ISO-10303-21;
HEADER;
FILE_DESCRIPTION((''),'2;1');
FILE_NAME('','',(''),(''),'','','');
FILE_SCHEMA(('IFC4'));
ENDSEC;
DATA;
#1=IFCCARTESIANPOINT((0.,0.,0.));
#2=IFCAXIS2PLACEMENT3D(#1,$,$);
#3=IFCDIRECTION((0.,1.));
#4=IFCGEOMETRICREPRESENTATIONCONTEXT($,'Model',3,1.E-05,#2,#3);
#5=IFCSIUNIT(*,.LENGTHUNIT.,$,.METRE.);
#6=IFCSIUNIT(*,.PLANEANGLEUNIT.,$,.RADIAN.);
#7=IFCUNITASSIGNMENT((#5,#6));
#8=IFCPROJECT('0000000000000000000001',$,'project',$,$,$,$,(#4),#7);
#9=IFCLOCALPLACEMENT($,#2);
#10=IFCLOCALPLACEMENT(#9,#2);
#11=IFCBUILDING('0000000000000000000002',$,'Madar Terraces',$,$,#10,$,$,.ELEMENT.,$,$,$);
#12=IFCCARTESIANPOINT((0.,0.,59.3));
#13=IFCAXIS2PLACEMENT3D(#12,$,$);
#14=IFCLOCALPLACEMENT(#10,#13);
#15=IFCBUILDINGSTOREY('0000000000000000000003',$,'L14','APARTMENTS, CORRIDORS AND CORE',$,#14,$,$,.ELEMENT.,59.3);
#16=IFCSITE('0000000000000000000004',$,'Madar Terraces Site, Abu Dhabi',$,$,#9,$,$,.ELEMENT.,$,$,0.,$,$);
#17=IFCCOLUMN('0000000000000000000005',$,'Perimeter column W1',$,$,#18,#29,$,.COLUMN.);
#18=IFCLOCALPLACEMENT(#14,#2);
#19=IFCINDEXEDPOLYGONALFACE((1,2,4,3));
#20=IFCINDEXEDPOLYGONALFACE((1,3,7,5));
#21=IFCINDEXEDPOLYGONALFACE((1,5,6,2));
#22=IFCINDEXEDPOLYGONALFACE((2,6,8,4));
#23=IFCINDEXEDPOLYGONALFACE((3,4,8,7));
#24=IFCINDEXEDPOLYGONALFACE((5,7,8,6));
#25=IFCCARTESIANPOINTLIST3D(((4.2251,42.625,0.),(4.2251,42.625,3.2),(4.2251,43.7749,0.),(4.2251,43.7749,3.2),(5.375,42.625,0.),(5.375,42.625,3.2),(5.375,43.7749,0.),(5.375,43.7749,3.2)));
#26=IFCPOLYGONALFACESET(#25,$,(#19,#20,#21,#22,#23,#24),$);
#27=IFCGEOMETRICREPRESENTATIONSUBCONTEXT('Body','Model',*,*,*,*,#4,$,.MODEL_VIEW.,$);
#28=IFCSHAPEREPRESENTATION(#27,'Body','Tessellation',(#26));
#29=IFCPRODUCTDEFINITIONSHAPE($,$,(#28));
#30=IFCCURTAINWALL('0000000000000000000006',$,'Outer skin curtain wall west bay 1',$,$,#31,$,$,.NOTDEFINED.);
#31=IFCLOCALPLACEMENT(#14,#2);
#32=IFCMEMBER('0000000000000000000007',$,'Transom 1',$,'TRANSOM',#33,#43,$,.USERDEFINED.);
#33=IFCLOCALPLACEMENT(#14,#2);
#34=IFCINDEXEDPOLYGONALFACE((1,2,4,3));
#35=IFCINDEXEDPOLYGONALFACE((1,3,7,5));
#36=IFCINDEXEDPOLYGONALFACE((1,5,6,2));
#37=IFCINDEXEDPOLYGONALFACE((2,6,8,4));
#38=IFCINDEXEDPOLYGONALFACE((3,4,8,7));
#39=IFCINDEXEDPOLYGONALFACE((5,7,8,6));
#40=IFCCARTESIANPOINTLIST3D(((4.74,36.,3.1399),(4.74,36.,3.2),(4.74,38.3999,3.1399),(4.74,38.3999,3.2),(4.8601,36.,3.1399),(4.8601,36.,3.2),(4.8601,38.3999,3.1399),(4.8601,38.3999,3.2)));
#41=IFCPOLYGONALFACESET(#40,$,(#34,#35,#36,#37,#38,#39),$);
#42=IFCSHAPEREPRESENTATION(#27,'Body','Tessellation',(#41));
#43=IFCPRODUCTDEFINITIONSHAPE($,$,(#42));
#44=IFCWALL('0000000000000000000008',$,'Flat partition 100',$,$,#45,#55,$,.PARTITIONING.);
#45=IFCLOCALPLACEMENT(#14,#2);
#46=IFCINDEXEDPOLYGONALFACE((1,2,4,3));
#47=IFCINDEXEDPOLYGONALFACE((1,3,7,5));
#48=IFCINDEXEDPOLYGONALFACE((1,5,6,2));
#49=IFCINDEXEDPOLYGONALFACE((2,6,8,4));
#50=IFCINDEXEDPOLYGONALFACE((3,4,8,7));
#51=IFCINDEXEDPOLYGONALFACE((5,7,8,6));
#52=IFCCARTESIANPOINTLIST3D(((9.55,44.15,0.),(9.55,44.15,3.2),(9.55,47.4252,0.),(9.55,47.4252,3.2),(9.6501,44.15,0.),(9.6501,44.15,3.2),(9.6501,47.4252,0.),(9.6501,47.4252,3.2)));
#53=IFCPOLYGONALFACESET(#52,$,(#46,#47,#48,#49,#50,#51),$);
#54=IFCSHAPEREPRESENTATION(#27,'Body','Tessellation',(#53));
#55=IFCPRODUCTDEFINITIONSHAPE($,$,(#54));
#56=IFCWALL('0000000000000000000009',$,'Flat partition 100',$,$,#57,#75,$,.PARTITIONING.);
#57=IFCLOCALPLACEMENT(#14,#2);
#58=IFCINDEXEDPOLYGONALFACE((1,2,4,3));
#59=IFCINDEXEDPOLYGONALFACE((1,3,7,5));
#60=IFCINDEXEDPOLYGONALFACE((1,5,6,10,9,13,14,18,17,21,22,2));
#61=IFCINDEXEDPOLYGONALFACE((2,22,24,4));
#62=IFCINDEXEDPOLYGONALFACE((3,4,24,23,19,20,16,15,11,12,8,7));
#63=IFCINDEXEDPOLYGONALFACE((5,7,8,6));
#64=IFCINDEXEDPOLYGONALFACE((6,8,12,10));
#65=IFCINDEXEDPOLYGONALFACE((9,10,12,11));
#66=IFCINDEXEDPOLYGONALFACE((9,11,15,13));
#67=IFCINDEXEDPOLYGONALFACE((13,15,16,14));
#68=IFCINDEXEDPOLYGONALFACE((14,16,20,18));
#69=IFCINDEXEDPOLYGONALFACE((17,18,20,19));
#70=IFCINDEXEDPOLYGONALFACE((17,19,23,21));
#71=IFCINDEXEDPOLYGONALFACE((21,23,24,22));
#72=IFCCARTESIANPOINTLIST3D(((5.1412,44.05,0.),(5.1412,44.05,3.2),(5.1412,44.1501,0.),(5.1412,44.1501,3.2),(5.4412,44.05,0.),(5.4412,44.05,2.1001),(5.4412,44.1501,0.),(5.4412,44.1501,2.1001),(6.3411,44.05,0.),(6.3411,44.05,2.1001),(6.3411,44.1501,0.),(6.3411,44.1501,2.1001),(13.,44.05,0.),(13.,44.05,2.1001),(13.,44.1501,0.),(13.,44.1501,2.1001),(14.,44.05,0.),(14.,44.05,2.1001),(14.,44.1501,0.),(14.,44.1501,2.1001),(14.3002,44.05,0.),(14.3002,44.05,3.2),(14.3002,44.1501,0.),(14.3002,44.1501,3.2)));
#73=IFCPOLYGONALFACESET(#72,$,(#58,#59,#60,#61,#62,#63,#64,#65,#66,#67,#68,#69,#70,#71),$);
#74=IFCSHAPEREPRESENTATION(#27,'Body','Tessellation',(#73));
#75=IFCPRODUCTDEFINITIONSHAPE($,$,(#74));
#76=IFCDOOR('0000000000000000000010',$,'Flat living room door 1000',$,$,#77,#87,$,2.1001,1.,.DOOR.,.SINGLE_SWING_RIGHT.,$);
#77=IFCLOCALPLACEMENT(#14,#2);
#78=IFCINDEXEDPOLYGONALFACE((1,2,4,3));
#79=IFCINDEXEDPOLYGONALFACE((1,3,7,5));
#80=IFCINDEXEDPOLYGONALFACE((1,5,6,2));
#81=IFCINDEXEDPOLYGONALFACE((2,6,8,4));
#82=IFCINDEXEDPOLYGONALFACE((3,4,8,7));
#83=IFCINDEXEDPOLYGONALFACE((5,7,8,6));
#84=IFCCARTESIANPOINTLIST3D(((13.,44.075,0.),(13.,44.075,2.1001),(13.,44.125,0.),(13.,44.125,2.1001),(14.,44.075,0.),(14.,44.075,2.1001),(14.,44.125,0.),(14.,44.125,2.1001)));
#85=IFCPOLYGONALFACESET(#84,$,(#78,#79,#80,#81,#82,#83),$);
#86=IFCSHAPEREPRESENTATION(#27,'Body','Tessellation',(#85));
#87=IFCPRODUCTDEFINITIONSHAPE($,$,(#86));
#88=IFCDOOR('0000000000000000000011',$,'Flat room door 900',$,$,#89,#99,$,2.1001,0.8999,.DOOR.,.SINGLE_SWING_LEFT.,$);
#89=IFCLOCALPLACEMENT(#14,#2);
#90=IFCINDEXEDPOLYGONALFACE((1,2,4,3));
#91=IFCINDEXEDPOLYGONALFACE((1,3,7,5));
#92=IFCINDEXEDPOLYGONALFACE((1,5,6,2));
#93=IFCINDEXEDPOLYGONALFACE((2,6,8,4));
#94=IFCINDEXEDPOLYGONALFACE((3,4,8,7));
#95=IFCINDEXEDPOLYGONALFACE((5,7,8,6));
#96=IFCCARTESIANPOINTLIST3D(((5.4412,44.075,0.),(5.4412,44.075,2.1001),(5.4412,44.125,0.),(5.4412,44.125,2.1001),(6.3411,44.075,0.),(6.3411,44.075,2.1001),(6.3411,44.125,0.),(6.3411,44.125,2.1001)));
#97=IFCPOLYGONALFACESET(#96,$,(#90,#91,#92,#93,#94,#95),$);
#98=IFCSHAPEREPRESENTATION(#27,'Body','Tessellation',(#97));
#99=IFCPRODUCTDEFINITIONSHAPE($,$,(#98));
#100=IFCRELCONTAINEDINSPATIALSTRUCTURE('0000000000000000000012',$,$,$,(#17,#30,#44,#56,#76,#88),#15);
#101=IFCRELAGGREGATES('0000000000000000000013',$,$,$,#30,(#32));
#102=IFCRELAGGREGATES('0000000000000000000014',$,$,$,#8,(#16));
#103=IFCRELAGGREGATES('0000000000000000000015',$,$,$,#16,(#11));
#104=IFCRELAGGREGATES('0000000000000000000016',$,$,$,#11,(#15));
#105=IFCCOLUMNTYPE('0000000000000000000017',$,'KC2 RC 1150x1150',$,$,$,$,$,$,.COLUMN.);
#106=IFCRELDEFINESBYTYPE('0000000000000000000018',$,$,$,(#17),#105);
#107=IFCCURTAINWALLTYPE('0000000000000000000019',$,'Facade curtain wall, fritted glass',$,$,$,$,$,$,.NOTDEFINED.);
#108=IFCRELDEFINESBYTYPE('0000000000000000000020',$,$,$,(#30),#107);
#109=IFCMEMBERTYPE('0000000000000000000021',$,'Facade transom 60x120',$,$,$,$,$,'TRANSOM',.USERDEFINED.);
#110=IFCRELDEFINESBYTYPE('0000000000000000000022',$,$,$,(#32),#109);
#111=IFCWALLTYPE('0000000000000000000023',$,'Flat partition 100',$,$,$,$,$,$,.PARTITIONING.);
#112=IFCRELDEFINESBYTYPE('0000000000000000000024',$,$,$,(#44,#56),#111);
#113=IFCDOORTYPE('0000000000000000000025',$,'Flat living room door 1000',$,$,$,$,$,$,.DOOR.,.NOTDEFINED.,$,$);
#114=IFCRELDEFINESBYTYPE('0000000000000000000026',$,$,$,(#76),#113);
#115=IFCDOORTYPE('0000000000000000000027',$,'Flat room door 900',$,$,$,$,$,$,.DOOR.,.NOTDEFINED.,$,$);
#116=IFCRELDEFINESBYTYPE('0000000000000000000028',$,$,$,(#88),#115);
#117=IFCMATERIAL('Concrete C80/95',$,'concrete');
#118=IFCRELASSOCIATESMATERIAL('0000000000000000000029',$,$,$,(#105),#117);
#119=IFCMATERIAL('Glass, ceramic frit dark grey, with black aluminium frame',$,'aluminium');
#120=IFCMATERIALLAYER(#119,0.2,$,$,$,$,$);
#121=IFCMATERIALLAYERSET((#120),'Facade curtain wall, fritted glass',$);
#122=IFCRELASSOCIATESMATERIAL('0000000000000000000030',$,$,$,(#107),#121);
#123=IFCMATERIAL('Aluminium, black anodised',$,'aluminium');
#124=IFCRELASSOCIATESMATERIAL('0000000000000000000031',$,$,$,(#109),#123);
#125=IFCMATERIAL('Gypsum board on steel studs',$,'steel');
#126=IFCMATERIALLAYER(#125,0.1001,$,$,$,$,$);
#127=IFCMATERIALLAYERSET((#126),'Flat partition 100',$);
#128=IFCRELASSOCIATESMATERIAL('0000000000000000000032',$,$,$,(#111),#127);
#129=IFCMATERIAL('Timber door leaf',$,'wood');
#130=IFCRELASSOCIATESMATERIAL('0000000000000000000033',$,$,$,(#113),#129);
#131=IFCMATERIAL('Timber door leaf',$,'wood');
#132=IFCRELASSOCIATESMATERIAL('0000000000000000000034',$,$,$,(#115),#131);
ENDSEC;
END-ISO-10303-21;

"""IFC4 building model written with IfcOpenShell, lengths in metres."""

from ifc_helpers import new_model, si_unit, direction, frame, frame_2d, origin, origin_2d, place, context, subcontext, project, spatial, rectangle, extrude, material, layer, layer_set, material_profile, profile_set, type_object, element, fill, aggregate, save


model = new_model("IFC4")

# Units and contexts
model_context = context("Model", 3, precision=1e-05, world=origin(), true_north=direction((0.0, 1.0)))
body_context = subcontext(model_context, "Body", "Model", "MODEL_VIEW")
ifc_project = project(units=[si_unit("LENGTHUNIT", "METRE"), si_unit("PLANEANGLEUNIT", "RADIAN")], contexts=[model_context])

# Site, building, storey
site_placement = place(None, origin())
site = spatial("IfcSite", under=ifc_project, at=site_placement, Name="Madar Terraces Site, Abu Dhabi", CompositionType="ELEMENT", RefElevation=0.0)
building_placement = place(site_placement, origin())
building = spatial("IfcBuilding", under=site, at=building_placement, Name="Madar Terraces", CompositionType="ELEMENT")
storey_placement = place(building_placement, frame((0.0, 0.0, 59.3)))
storey = spatial("IfcBuildingStorey", under=building, at=storey_placement, Name="L14", Description="APARTMENTS, CORRIDORS AND CORE", CompositionType="ELEMENT", Elevation=59.3)

# Column
ifc_material_1 = material(Name="Concrete C80/95", Category="concrete")
ifc_material_profile_1 = material_profile(ifc_material_1, rectangle(XDim=1.1499, YDim=1.1499, at=origin_2d()), Name="KC2 RC 1150x1150")
ifc_profile_set_1 = profile_set([ifc_material_profile_1], Name="Concrete C80/95")
column_type = type_object("IfcColumnType", Name="KC2 RC 1150x1150", PredefinedType="COLUMN", material=ifc_profile_set_1)
column_placement = place(storey_placement, frame((4.8, 43.2, 0.0), z_axis=(0.0, 0.0, 1.0), x_axis=(1.0, 0.0, 0.0)))
element("IfcColumn", 1, at=column_placement, inside=storey, type_object=column_type, Name="Perimeter column W1", PredefinedType="COLUMN", context=body_context, shape_type="SweptSolid", body=[
    extrude(rectangle(XDim=1.1499, YDim=1.1499, at=origin_2d()), origin(), (0.0, 0.0, 1.0), 3.2),
])

# Curtain wall, member
ifc_material_2 = material(Name="Glass, ceramic frit dark grey, with black aluminium frame", Category="aluminium")
ifc_layer_1 = layer(ifc_material_2, 0.2)
ifc_layer_set_1 = layer_set([ifc_layer_1], Name="Facade curtain wall, fritted glass")
curtain_wall_type = type_object("IfcCurtainWallType", Name="Facade curtain wall, fritted glass", PredefinedType="NOTDEFINED", material=ifc_layer_set_1)
curtain_wall_placement = place(storey_placement, origin())
curtain_wall = element("IfcCurtainWall", 2, at=curtain_wall_placement, inside=storey, type_object=curtain_wall_type, Name="Outer skin curtain wall west bay 1", PredefinedType="NOTDEFINED")
ifc_material_3 = material(Name="Aluminium, black anodised", Category="aluminium")
ifc_material_profile_2 = material_profile(ifc_material_3, rectangle(XDim=0.1201, YDim=0.0601, at=origin_2d()), Name="Facade transom 60x120")
ifc_profile_set_2 = profile_set([ifc_material_profile_2], Name="Aluminium, black anodised")
member_type = type_object("IfcMemberType", Name="Facade transom 60x120", ElementType="TRANSOM", PredefinedType="USERDEFINED", material=ifc_profile_set_2)
member_placement = place(storey_placement, frame((4.8, 38.3999, 3.1699), z_axis=(0.0, -1.0, 0.0), x_axis=(1.0, 0.0, 0.0)))
member = element("IfcMember", 3, at=member_placement, type_object=member_type, Name="Transom 1", ObjectType="TRANSOM", PredefinedType="USERDEFINED", context=body_context, shape_type="SweptSolid", body=[
    extrude(rectangle(XDim=0.1201, YDim=0.0601, at=origin_2d()), origin(), (0.0, 0.0, 1.0), 2.3999),
])
aggregate(curtain_wall, [member])

# Wall
ifc_material_4 = material(Name="Gypsum board on steel studs", Category="steel")
ifc_layer_2 = layer(ifc_material_4, 0.1001)
ifc_layer_set_2 = layer_set([ifc_layer_2], Name="Flat partition 100")
wall_type_1 = type_object("IfcWallType", Name="Flat partition 100", PredefinedType="PARTITIONING", material=ifc_layer_set_2)
wall_1_placement = place(storey_placement, frame((9.6001, 44.1499, 0.0), z_axis=(0.0, 0.0, 1.0), x_axis=(0.0, 1.0, 0.0)))
element("IfcWall", 4, at=wall_1_placement, inside=storey, type_object=wall_type_1, Name="Flat partition 100", PredefinedType="PARTITIONING", context=body_context, shape_type="SweptSolid", body=[
    extrude(rectangle(XDim=3.2751, YDim=0.1001, at=frame_2d((1.6377, 0.0))), origin(), (0.0, 0.0, 1.0), 3.2),
])

# Wall, openings, doors
wall_2_placement = place(storey_placement, frame((5.1411, 44.1001, 0.0), z_axis=(0.0, 0.0, 1.0), x_axis=(1.0, 0.0, 0.0)))
wall_2 = element("IfcWall", 5, at=wall_2_placement, inside=storey, type_object=wall_type_1, Name="Flat partition 100", PredefinedType="PARTITIONING", context=body_context, shape_type="SweptSolid", body=[
    extrude(rectangle(XDim=9.1589, YDim=0.1001, at=frame_2d((4.5796, 0.0))), origin(), (0.0, 0.0, 1.0), 3.2),
])
opening_1_placement = place(wall_2_placement, frame((7.8589, 0.0, 0.0)))
opening_1 = element("IfcOpeningElement", 6, at=opening_1_placement, cuts=wall_2, PredefinedType="OPENING", context=body_context, shape_type="SweptSolid", body=[
    extrude(rectangle(XDim=1.0, YDim=2.1001, at=frame_2d((0.5, 1.05))), frame((0.0, 0.0601, 0.0), z_axis=(0.0, -1.0, 0.0), x_axis=(1.0, 0.0, 0.0)), (0.0, 0.0, 1.0), 0.1201),
])
opening_2_placement = place(wall_2_placement, frame((0.3, 0.0, 0.0)))
opening_2 = element("IfcOpeningElement", 7, at=opening_2_placement, cuts=wall_2, PredefinedType="OPENING", context=body_context, shape_type="SweptSolid", body=[
    extrude(rectangle(XDim=0.8999, YDim=2.1001, at=frame_2d((0.45, 1.05))), frame((0.0, 0.0601, 0.0), z_axis=(0.0, -1.0, 0.0), x_axis=(1.0, 0.0, 0.0)), (0.0, 0.0, 1.0), 0.1201),
])
ifc_material_5 = material(Name="Timber door leaf", Category="wood")
door_type_1 = type_object("IfcDoorType", Name="Flat living room door 1000", OperationType="NOTDEFINED", PredefinedType="DOOR", material=ifc_material_5)
door_1_placement = place(opening_1_placement, origin())
door_1 = element("IfcDoor", 8, at=door_1_placement, inside=storey, type_object=door_type_1, Name="Flat living room door 1000", OperationType="SINGLE_SWING_RIGHT", OverallHeight=2.1001, OverallWidth=1.0, PredefinedType="DOOR", context=body_context, shape_type="SweptSolid", body=[
    extrude(rectangle(XDim=1.0, YDim=2.1001, at=frame_2d((0.5, 1.05))), frame((0.0, 0.0249, 0.0), z_axis=(0.0, -1.0, 0.0), x_axis=(1.0, 0.0, 0.0)), (0.0, 0.0, 1.0), 0.05),
])
fill(opening_1, door_1)
ifc_material_6 = material(Name="Timber door leaf", Category="wood")
door_type_2 = type_object("IfcDoorType", Name="Flat room door 900", OperationType="NOTDEFINED", PredefinedType="DOOR", material=ifc_material_6)
door_2_placement = place(opening_2_placement, origin())
door_2 = element("IfcDoor", 9, at=door_2_placement, inside=storey, type_object=door_type_2, Name="Flat room door 900", OperationType="SINGLE_SWING_LEFT", OverallHeight=2.1001, OverallWidth=0.8999, PredefinedType="DOOR", context=body_context, shape_type="SweptSolid", body=[
    extrude(rectangle(XDim=0.8999, YDim=2.1001, at=frame_2d((0.45, 1.05))), frame((0.0, 0.0249, 0.0), z_axis=(0.0, -1.0, 0.0), x_axis=(1.0, 0.0, 0.0)), (0.0, 0.0, 1.0), 0.05),
])
fill(opening_2, door_2)

save(model, "model.ifc")
